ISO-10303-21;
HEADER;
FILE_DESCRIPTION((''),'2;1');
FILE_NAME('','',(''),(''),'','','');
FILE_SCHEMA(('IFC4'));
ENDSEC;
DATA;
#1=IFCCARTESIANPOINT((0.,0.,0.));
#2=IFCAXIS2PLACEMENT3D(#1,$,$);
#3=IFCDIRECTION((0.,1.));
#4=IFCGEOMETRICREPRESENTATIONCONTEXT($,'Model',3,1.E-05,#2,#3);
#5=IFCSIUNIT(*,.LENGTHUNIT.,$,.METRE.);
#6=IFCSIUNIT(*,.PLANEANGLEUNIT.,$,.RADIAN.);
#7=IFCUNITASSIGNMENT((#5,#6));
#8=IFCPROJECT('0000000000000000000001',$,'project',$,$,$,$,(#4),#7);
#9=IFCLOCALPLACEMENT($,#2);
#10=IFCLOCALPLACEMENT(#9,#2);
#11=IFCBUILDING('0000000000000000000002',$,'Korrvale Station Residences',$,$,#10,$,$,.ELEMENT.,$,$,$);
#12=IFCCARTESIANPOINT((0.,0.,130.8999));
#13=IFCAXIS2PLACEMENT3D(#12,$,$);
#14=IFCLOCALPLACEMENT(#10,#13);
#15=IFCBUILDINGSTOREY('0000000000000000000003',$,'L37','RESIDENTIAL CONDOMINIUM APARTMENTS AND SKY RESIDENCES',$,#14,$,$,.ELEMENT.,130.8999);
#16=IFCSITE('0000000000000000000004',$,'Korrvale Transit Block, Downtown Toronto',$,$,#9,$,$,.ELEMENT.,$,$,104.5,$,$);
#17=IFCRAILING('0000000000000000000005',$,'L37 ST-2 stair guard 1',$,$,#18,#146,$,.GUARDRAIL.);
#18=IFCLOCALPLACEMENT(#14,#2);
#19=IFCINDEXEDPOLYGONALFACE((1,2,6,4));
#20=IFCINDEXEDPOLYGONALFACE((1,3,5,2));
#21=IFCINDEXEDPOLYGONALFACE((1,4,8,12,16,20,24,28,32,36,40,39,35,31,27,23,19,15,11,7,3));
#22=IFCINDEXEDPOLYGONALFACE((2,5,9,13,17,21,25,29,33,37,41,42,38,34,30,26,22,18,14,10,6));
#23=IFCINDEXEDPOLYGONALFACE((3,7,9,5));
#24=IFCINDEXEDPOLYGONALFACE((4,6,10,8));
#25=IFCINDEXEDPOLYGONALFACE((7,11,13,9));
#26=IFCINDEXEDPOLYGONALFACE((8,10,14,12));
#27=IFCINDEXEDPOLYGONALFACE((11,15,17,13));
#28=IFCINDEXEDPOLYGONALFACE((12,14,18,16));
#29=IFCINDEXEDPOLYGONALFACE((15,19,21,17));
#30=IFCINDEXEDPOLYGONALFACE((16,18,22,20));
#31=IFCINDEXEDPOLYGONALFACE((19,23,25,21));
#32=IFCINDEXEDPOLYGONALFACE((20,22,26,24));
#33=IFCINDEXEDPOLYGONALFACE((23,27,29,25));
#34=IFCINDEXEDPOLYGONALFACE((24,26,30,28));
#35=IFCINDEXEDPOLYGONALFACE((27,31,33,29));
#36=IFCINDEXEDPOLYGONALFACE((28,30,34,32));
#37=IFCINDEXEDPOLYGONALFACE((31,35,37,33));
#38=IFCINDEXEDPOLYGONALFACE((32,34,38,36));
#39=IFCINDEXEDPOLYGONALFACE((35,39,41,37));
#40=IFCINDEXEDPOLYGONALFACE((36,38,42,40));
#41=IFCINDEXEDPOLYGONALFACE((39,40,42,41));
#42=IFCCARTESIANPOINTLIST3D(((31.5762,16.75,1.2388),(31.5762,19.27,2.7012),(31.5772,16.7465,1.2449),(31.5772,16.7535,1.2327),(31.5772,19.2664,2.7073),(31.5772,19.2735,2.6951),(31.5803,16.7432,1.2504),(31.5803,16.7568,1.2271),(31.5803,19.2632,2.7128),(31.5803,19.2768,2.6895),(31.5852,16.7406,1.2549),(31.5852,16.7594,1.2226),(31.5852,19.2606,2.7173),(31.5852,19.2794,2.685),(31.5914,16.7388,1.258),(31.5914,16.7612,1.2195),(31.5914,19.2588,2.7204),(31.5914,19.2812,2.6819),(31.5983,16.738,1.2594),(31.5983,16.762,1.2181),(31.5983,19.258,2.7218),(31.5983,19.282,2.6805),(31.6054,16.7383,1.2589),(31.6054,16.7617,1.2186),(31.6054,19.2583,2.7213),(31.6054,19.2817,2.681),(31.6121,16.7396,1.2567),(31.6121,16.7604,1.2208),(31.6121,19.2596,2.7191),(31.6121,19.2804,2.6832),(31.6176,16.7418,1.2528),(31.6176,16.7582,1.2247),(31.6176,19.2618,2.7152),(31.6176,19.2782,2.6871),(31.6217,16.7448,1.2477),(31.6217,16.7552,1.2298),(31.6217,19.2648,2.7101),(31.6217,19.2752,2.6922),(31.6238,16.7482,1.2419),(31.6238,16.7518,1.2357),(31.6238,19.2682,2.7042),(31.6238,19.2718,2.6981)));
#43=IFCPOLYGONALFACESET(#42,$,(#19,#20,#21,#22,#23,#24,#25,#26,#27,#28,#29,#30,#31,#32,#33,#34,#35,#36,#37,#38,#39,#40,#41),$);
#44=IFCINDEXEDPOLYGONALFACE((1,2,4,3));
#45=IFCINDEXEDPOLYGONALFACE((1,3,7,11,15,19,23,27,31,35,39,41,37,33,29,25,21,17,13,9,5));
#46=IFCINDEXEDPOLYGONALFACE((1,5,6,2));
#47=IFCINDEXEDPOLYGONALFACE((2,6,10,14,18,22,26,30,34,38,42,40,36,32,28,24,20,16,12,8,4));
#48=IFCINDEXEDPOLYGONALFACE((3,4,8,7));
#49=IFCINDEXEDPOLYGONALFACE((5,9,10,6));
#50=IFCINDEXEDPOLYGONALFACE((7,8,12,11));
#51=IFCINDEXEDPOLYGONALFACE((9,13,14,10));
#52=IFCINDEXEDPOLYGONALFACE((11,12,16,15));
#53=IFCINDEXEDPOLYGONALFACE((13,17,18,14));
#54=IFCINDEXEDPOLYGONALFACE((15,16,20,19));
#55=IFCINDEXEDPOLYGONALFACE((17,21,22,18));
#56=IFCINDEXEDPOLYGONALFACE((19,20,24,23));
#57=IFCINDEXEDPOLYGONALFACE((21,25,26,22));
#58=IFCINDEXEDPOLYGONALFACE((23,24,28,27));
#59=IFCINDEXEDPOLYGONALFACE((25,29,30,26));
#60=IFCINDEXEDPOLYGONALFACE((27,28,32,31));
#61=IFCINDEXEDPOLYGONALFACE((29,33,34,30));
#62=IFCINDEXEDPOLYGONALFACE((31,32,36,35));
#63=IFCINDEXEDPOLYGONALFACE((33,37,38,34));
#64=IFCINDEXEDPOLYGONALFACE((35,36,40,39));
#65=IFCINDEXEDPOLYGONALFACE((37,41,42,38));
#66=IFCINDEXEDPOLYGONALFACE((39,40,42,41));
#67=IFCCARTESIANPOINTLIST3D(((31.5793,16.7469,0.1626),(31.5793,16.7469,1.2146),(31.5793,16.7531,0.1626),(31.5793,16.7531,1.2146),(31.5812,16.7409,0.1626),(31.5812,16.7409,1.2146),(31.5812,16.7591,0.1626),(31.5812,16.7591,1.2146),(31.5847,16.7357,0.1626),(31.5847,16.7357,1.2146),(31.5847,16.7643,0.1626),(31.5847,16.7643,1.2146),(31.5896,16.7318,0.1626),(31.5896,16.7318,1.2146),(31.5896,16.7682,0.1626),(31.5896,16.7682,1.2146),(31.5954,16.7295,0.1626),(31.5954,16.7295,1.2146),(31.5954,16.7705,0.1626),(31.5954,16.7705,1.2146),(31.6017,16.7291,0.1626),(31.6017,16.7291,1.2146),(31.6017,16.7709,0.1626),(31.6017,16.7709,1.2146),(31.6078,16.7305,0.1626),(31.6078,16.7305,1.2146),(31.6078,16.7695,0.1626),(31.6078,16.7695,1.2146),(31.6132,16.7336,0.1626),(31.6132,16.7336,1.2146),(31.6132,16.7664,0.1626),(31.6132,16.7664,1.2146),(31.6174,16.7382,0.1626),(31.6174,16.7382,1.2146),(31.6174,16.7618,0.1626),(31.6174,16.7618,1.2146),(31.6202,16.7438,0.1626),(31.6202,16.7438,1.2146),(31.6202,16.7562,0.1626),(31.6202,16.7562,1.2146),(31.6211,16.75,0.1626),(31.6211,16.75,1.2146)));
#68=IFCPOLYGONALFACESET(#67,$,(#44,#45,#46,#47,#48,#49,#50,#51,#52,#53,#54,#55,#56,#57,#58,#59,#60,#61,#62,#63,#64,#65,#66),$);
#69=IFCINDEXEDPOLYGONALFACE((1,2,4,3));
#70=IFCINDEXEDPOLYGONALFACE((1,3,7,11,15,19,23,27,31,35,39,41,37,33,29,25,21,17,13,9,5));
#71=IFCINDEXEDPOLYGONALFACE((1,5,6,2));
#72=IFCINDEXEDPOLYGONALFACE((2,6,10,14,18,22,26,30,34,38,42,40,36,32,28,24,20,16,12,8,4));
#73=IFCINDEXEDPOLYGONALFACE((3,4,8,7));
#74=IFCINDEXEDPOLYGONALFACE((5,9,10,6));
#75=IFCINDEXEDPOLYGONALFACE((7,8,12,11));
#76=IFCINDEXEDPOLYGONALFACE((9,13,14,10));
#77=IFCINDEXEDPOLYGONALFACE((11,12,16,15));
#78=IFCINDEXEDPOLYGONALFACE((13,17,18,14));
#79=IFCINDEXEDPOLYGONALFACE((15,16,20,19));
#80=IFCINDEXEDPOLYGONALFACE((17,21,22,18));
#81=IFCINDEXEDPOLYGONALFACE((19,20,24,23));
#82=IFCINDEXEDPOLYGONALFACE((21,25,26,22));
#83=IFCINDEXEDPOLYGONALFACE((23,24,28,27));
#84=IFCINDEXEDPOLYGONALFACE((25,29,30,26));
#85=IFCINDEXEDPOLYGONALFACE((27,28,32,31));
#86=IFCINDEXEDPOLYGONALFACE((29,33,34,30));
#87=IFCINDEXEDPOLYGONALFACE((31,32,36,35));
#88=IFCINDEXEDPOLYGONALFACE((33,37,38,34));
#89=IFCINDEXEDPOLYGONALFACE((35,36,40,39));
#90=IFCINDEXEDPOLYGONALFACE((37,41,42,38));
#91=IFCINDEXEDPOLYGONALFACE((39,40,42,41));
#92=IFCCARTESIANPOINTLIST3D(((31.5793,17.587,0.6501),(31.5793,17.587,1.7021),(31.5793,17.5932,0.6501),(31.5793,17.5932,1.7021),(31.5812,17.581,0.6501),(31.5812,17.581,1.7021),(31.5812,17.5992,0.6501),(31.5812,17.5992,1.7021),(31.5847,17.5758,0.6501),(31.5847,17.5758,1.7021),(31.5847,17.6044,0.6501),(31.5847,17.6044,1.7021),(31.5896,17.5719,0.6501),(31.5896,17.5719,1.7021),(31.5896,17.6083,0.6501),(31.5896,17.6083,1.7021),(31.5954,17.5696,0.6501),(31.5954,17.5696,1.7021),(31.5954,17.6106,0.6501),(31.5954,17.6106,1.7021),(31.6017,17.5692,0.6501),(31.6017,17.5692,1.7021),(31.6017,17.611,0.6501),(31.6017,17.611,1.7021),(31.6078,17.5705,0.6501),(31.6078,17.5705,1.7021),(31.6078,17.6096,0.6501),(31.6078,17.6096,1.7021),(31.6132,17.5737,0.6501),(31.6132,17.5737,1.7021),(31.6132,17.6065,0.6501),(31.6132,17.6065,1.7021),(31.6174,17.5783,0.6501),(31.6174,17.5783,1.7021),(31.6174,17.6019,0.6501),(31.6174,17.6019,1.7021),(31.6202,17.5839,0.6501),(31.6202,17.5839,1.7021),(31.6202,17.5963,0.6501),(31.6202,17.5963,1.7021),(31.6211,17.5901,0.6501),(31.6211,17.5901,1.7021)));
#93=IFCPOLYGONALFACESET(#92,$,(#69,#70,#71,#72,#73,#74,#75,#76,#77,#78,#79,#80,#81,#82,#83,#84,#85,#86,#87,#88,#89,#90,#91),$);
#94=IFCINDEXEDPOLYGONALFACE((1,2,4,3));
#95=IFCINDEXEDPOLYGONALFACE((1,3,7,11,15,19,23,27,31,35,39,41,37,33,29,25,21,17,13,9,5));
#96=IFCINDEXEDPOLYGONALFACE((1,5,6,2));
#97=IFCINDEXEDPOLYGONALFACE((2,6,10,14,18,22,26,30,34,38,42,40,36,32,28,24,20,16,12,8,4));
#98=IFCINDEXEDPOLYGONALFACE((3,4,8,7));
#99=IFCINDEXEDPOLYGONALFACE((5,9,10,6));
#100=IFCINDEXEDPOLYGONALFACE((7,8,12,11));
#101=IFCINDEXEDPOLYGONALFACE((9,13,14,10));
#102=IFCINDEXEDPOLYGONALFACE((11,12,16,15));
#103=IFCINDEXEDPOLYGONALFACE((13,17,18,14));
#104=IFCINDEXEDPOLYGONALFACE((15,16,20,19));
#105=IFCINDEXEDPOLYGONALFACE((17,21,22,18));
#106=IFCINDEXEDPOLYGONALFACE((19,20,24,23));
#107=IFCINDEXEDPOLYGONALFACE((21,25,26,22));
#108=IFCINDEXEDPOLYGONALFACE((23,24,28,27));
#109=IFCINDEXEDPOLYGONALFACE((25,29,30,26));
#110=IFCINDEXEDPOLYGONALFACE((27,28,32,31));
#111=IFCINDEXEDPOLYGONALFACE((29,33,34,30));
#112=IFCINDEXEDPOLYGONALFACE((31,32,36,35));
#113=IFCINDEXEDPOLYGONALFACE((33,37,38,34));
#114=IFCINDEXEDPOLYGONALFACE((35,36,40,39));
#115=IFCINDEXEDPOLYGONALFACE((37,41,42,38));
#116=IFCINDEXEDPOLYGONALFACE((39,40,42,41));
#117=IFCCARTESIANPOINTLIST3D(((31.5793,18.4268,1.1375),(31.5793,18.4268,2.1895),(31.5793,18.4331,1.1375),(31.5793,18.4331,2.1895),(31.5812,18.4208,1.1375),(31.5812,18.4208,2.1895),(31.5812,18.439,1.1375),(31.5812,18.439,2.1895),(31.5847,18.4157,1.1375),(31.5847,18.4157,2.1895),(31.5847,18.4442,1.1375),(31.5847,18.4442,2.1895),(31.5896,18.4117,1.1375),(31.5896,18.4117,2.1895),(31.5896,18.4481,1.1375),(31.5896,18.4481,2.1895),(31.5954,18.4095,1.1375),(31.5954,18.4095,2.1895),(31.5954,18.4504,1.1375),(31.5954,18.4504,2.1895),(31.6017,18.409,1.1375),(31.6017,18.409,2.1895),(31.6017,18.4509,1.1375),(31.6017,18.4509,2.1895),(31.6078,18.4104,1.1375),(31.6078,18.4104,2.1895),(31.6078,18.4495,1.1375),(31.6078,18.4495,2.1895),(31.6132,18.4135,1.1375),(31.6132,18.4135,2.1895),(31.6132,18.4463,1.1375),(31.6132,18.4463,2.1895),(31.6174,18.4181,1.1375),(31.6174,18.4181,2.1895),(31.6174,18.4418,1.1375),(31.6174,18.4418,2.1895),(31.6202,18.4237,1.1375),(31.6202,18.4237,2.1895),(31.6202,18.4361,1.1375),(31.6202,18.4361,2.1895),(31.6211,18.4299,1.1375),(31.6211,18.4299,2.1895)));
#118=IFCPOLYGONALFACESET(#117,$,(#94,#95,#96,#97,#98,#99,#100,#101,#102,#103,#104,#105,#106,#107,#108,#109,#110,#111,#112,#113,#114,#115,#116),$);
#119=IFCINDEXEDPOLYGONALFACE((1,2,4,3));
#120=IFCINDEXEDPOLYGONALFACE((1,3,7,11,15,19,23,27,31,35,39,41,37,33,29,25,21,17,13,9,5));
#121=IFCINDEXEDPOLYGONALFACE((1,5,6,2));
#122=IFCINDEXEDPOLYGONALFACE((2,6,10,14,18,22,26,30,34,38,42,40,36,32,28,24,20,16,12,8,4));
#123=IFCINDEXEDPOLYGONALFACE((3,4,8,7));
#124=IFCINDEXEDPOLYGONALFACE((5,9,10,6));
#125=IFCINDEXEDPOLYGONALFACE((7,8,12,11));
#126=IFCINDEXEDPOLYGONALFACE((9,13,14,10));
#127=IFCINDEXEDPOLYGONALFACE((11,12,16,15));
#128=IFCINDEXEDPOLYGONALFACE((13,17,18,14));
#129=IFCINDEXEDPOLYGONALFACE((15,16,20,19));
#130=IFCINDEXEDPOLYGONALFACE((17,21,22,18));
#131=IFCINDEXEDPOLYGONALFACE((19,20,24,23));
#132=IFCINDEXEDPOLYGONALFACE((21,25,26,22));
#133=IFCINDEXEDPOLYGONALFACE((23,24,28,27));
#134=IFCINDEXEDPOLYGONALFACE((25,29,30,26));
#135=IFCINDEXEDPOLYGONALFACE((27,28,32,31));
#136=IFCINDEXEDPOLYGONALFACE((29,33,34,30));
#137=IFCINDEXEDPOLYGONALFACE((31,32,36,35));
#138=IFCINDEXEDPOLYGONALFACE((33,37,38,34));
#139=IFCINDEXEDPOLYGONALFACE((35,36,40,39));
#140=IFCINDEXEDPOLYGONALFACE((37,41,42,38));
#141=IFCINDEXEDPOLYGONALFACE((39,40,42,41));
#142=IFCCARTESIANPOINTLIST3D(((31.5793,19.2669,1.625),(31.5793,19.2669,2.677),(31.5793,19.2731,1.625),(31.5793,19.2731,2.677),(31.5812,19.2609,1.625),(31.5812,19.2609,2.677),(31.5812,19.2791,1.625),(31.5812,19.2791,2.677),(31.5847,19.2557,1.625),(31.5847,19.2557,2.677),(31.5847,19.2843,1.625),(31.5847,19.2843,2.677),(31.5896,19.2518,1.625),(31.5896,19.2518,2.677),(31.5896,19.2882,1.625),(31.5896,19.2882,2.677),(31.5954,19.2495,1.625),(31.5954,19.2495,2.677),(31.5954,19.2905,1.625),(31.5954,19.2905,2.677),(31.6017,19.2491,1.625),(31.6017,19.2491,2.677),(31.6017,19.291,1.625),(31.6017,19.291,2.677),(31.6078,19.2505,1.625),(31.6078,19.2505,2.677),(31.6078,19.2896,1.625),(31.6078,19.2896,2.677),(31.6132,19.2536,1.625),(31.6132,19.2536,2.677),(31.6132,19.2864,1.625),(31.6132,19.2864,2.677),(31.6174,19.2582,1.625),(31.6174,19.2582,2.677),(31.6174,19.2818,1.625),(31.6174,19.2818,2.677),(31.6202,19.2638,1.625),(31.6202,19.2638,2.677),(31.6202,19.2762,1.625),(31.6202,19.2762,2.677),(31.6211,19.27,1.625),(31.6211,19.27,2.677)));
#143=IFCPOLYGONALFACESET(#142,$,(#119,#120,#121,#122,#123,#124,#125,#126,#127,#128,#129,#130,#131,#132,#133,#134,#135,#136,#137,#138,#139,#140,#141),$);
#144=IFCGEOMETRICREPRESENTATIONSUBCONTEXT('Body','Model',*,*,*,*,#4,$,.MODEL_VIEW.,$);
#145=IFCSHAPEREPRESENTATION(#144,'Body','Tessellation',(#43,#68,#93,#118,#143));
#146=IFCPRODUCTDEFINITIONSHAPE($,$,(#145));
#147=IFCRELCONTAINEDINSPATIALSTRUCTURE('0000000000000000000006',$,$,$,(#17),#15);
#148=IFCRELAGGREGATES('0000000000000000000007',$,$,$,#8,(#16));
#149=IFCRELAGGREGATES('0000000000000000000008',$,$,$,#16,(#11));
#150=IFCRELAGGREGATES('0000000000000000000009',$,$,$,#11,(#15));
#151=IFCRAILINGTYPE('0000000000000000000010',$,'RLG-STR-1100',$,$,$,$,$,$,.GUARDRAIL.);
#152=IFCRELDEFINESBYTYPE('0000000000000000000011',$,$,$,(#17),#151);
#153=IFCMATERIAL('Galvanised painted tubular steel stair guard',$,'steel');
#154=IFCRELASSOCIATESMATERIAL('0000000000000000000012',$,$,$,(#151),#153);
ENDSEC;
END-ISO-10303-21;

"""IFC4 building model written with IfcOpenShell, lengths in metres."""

from ifc_helpers import new_model, si_unit, direction, frame, origin, origin_2d, place, context, subcontext, project, spatial, circle, extrude, material, type_object, element, save


model = new_model("IFC4")

# Units and contexts
model_context = context("Model", 3, precision=1e-05, world=origin(), true_north=direction((0.0, 1.0)))
body_context = subcontext(model_context, "Body", "Model", "MODEL_VIEW")
ifc_project = project(units=[si_unit("LENGTHUNIT", "METRE"), si_unit("PLANEANGLEUNIT", "RADIAN")], contexts=[model_context])

# Site, building, storey
site_placement = place(None, origin())
site = spatial("IfcSite", under=ifc_project, at=site_placement, Name="Korrvale Transit Block, Downtown Toronto", CompositionType="ELEMENT", RefElevation=104.5)
building_placement = place(site_placement, origin())
building = spatial("IfcBuilding", under=site, at=building_placement, Name="Korrvale Station Residences", CompositionType="ELEMENT")
storey_placement = place(building_placement, frame((0.0, 0.0, 130.8999)))
storey = spatial("IfcBuildingStorey", under=building, at=storey_placement, Name="L37", Description="RESIDENTIAL CONDOMINIUM APARTMENTS AND SKY RESIDENCES", CompositionType="ELEMENT", Elevation=130.8999)

# Railing
ifc_material_1 = material(Name="Galvanised painted tubular steel stair guard", Category="steel")
railing_type_1 = type_object("IfcRailingType", Name="RLG-STR-1100", PredefinedType="GUARDRAIL", material=ifc_material_1)
railing_1_placement = place(storey_placement, frame((31.6001, 16.75, 0.1626)))
element("IfcRailing", 1, at=railing_1_placement, inside=storey, type_object=railing_type_1, Name="L37 ST-2 stair guard 1", PredefinedType="GUARDRAIL", context=body_context, shape_type="SweptSolid", body=[
    extrude(circle(Radius=0.0239, at=origin_2d()), frame((0.0, 0.0, 1.0762), z_axis=(0.0, 0.864913, 0.501921), x_axis=(-1.0, 0.0, 0.0)), (0.0, 0.0, 1.0), 2.9136),
    extrude(circle(Radius=0.021, at=origin_2d()), origin(), (0.0, 0.0, 1.0), 1.052),
    extrude(circle(Radius=0.021, at=origin_2d()), frame((0.0, 0.8401, 0.4875)), (0.0, 0.0, 1.0), 1.052),
    extrude(circle(Radius=0.021, at=origin_2d()), frame((0.0, 1.6799, 0.9749)), (0.0, 0.0, 1.0), 1.052),
    extrude(circle(Radius=0.021, at=origin_2d()), frame((0.0, 2.52, 1.4624)), (0.0, 0.0, 1.0), 1.052),
])

save(model, "model.ifc")
